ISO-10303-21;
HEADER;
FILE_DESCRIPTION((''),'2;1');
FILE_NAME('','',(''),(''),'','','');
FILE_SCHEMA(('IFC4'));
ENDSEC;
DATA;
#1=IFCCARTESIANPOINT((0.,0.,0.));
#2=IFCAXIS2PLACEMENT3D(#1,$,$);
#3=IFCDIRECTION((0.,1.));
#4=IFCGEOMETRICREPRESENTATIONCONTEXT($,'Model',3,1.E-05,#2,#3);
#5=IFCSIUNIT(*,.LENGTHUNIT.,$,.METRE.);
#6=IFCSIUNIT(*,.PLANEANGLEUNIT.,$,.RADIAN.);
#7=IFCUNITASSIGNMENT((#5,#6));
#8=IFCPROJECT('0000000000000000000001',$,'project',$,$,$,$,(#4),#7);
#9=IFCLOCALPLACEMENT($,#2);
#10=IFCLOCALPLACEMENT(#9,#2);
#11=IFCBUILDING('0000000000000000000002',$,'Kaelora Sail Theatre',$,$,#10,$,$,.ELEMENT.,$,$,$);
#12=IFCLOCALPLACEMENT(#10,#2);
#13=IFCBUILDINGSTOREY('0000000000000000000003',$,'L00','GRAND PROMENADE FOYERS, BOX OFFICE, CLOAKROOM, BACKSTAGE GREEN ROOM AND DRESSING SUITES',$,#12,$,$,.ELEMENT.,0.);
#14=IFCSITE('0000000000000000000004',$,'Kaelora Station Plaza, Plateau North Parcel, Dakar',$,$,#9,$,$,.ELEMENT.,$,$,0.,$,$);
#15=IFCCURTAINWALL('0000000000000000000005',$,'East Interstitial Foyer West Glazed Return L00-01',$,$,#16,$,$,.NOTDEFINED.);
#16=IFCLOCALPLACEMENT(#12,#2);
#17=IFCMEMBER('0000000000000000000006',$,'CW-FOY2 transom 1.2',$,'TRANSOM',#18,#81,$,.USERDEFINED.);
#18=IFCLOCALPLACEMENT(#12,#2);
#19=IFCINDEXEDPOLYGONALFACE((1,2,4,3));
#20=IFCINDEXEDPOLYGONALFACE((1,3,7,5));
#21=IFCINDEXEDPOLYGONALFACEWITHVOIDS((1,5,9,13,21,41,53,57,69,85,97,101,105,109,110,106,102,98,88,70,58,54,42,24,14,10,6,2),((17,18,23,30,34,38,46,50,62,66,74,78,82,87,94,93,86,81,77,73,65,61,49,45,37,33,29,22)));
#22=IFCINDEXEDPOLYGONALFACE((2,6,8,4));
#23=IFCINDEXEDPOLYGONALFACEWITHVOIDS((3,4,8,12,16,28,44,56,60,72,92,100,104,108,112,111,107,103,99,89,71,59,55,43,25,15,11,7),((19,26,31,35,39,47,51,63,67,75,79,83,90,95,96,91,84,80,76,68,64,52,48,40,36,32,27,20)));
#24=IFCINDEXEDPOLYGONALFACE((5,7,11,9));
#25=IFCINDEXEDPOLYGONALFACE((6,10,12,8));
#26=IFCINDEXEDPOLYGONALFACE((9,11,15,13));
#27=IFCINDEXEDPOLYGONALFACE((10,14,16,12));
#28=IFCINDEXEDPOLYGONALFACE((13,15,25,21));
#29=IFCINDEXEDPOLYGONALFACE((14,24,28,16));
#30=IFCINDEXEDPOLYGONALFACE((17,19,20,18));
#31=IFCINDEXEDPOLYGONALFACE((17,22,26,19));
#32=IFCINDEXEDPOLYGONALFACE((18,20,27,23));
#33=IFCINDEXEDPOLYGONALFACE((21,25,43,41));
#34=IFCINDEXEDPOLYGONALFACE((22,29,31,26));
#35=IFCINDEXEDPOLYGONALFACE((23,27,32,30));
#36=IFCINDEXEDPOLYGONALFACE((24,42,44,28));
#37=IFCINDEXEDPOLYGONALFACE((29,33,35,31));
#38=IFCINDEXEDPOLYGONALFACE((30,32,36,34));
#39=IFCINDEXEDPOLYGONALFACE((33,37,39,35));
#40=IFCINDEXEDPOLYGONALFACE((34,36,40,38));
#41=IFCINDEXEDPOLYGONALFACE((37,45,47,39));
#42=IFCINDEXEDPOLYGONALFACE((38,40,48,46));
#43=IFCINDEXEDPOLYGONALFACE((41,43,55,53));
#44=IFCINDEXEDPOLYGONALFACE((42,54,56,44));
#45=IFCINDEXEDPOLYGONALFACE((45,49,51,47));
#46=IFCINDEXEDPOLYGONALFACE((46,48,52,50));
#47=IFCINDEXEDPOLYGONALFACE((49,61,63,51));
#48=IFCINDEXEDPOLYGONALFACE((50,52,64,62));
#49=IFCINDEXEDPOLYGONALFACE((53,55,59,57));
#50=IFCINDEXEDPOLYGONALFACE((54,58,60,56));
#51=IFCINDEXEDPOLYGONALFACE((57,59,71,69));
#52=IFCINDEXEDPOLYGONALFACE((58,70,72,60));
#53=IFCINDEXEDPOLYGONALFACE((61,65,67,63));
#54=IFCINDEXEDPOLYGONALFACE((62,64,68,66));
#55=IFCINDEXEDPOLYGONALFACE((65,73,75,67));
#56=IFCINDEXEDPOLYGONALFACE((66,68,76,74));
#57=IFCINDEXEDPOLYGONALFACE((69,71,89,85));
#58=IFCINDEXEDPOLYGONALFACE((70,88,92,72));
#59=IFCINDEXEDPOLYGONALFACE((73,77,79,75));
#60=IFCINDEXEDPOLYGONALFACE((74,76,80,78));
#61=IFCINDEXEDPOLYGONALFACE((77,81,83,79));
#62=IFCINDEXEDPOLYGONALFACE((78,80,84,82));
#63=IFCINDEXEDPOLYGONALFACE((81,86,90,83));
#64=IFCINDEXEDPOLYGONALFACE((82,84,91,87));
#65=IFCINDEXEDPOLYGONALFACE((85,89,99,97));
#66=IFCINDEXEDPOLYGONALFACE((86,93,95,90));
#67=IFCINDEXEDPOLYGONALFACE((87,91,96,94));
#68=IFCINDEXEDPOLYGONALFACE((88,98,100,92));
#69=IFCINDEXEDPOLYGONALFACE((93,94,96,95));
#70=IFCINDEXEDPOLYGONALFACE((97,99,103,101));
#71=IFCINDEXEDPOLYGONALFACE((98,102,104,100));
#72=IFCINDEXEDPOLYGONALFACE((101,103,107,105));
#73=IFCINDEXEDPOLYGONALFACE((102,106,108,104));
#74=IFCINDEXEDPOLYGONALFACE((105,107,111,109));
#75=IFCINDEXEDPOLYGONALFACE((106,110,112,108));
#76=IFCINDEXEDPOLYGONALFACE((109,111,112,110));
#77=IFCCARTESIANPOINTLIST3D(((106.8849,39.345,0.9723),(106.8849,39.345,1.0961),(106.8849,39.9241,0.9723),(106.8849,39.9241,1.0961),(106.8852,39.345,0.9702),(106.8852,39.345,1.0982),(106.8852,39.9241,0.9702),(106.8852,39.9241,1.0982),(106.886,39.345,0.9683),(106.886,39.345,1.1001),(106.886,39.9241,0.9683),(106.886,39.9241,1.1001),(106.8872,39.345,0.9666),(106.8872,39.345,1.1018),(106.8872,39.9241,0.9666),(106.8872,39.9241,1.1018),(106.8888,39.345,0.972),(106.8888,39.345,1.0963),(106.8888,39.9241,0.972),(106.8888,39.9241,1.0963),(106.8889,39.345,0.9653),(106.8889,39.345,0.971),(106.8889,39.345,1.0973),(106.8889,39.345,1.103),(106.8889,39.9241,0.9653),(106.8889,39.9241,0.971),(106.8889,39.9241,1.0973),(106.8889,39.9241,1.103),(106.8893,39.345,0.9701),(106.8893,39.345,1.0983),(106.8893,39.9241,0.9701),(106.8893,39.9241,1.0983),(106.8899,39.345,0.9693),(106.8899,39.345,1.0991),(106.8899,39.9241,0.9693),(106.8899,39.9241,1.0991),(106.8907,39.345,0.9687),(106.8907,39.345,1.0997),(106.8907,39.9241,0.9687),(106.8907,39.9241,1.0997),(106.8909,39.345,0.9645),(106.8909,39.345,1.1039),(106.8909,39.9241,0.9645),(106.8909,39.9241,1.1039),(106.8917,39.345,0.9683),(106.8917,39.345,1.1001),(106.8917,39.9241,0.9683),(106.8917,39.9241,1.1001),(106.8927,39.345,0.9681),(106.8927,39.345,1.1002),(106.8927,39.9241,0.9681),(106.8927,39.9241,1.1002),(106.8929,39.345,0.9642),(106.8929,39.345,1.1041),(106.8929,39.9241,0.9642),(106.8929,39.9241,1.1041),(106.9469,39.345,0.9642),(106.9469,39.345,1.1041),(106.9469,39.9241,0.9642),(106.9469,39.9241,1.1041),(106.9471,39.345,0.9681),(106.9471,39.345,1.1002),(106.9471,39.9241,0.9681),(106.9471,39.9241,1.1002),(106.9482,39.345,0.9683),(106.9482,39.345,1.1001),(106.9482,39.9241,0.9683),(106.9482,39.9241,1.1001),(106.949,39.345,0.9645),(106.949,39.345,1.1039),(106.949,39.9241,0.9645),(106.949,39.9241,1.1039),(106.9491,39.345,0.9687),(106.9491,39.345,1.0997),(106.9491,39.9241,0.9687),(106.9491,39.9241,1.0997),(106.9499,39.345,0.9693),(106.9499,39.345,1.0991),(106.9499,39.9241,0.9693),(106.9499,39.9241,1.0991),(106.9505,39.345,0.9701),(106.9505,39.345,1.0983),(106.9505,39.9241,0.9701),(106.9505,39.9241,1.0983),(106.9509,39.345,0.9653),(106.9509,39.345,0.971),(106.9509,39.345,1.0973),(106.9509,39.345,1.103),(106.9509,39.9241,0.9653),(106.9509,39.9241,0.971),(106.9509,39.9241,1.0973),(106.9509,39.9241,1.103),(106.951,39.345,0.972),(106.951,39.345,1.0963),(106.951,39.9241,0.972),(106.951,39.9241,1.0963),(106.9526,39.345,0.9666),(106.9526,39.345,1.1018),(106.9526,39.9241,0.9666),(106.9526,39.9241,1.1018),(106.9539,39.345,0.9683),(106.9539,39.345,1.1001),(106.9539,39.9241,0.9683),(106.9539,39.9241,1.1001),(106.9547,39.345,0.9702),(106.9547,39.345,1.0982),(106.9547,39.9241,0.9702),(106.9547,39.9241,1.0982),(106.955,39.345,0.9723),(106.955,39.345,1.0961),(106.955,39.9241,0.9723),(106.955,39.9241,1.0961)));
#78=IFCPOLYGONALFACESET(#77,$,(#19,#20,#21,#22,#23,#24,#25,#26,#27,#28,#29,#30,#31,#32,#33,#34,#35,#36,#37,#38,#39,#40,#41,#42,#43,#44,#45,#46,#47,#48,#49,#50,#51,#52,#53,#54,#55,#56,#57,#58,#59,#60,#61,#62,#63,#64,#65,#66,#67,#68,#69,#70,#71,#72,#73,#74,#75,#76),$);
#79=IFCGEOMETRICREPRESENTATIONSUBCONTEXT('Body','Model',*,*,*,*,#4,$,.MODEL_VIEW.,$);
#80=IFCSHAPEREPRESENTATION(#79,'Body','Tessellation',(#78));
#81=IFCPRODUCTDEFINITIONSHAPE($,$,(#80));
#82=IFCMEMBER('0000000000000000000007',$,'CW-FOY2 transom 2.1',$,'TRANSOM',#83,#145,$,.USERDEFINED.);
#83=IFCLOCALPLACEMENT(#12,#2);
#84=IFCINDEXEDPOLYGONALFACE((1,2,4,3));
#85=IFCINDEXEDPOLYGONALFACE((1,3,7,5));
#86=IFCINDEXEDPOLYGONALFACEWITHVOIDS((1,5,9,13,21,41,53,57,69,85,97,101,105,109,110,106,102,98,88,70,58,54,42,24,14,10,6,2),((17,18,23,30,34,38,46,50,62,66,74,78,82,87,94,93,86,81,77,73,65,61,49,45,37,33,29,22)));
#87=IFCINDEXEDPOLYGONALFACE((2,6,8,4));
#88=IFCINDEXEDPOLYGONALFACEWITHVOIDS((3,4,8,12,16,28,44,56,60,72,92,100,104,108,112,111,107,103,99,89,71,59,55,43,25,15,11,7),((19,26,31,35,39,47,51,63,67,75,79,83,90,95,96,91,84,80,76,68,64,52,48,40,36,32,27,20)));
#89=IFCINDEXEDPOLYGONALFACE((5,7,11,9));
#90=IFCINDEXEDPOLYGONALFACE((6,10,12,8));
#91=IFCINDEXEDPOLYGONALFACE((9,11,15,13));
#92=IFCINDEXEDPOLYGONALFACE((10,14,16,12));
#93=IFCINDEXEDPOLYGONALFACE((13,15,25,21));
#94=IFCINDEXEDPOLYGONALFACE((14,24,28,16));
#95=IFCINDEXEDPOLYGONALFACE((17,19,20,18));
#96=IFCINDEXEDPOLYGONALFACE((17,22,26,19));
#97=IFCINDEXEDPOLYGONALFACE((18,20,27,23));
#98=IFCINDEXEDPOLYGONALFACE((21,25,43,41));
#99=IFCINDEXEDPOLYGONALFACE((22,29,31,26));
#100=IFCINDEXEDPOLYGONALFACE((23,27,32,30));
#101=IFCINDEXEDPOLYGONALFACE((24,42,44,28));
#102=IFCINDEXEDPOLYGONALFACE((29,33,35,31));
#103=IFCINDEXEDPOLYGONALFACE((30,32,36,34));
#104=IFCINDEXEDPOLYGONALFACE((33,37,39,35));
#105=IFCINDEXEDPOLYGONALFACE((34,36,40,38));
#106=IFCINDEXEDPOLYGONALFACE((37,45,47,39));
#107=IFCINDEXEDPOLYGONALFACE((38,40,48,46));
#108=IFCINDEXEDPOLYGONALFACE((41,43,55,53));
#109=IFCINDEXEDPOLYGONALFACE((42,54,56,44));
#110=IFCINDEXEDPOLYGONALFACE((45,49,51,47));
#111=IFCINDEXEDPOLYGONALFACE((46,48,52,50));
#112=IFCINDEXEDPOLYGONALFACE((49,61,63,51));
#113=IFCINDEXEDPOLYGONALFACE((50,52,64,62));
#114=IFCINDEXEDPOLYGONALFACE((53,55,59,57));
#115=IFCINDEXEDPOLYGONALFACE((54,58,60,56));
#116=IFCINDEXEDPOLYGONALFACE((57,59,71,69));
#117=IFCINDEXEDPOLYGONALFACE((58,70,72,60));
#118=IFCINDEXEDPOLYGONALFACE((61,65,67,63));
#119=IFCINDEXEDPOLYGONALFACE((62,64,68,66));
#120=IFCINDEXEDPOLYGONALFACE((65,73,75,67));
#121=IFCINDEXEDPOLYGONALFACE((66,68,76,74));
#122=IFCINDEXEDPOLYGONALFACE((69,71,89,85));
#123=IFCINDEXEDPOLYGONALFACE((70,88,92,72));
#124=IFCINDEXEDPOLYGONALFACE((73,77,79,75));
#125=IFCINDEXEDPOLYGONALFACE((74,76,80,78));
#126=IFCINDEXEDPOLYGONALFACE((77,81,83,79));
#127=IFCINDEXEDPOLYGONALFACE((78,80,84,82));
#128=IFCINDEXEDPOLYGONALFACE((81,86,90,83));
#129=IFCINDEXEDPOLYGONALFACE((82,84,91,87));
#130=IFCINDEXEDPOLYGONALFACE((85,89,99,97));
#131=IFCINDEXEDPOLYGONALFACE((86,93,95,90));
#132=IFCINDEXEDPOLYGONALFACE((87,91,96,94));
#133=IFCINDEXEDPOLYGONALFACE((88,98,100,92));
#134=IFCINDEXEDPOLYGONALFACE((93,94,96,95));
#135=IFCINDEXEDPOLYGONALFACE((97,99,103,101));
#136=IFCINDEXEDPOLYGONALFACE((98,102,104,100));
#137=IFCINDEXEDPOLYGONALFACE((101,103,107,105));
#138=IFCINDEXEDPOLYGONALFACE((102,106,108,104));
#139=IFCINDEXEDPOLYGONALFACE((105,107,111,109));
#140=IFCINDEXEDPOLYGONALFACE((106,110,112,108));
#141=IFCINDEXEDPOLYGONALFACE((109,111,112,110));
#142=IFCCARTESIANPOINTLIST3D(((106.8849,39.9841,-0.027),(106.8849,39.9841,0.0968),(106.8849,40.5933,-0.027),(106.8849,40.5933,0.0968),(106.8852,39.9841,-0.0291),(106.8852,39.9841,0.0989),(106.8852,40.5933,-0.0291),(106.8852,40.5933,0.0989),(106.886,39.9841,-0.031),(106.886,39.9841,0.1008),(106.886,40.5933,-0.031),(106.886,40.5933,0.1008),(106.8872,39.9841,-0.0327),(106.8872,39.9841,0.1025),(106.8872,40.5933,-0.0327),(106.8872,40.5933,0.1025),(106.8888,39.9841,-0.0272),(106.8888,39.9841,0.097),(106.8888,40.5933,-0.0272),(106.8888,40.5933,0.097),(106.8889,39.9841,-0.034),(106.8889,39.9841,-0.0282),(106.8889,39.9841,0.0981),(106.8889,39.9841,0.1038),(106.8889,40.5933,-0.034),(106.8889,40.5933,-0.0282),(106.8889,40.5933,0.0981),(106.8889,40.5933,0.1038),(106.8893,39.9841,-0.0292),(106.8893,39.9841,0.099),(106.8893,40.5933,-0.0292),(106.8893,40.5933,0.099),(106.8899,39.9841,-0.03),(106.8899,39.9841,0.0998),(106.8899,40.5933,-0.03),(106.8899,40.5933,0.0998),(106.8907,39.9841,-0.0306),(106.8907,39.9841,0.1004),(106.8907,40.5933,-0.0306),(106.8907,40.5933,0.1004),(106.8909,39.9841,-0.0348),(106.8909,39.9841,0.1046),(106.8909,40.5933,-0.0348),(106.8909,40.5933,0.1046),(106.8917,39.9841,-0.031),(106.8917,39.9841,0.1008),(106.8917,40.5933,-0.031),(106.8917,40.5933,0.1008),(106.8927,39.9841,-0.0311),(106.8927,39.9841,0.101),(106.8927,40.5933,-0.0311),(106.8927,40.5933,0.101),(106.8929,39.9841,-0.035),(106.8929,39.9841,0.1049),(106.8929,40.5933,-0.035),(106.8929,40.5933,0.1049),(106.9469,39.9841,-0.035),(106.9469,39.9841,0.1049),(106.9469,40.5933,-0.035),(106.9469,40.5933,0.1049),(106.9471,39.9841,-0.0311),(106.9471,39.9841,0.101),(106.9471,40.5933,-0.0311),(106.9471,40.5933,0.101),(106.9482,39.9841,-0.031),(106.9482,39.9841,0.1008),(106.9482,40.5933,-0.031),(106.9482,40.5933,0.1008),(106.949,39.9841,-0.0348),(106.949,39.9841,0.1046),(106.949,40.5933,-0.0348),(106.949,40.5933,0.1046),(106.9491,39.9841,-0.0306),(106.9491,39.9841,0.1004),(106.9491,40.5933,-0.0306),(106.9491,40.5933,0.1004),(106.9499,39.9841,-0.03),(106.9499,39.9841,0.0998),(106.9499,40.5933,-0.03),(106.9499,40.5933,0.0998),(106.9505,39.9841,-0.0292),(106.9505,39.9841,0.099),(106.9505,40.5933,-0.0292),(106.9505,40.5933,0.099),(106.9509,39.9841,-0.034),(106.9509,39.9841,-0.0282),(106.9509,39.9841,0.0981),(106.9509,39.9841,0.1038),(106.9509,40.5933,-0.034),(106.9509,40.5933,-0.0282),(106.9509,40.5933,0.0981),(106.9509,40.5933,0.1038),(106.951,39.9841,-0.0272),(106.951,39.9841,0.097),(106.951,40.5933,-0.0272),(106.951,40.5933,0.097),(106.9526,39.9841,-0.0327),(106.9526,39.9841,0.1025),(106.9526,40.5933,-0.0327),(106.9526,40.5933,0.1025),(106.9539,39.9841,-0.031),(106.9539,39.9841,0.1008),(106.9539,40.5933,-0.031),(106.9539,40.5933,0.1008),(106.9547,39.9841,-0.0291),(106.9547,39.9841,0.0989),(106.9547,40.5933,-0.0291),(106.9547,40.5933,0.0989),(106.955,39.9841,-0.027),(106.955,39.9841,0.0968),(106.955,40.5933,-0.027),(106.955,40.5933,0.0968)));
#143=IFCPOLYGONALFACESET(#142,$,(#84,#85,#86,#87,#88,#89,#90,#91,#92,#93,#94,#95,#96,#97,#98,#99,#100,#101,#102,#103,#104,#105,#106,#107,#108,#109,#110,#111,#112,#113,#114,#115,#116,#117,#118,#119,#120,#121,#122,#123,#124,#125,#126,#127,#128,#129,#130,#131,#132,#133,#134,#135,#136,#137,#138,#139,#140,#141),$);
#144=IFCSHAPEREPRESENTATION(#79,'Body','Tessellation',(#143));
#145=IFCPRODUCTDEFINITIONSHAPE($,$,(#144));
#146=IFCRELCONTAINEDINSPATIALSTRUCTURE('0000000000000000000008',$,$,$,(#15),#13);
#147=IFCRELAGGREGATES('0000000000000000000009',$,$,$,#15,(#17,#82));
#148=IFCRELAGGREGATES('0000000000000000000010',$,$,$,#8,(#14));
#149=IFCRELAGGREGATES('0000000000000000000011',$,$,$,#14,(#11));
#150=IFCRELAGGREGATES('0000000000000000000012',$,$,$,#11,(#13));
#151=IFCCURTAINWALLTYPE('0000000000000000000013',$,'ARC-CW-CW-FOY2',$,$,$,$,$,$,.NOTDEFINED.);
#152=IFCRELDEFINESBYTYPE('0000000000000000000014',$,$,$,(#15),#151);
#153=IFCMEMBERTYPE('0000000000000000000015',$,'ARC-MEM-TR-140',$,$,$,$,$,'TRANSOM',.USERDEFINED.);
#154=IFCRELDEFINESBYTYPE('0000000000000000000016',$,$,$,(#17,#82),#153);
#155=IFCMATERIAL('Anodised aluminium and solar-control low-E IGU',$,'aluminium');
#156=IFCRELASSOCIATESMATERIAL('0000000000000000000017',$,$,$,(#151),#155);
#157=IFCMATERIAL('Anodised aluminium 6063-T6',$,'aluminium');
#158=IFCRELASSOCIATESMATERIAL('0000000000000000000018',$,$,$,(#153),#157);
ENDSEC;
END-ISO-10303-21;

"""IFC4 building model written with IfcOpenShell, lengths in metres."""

from ifc_helpers import new_model, si_unit, direction, frame, origin, origin_2d, place, context, subcontext, project, spatial, hollow_rectangle, extrude, material, material_profile, profile_set, type_object, element, aggregate, save


model = new_model("IFC4")

# Units and contexts
model_context = context("Model", 3, precision=1e-05, world=origin(), true_north=direction((0.0, 1.0)))
body_context = subcontext(model_context, "Body", "Model", "MODEL_VIEW")
ifc_project = project(units=[si_unit("LENGTHUNIT", "METRE"), si_unit("PLANEANGLEUNIT", "RADIAN")], contexts=[model_context])

# Site, building, storey
site_placement = place(None, origin())
site = spatial("IfcSite", under=ifc_project, at=site_placement, Name="Kaelora Station Plaza, Plateau North Parcel, Dakar", CompositionType="ELEMENT", RefElevation=0.0)
building_placement = place(site_placement, origin())
building = spatial("IfcBuilding", under=site, at=building_placement, Name="Kaelora Sail Theatre", CompositionType="ELEMENT")
storey_placement = place(building_placement, origin())
storey = spatial("IfcBuildingStorey", under=building, at=storey_placement, Name="L00", Description="GRAND PROMENADE FOYERS, BOX OFFICE, CLOAKROOM, BACKSTAGE GREEN ROOM AND DRESSING SUITES", CompositionType="ELEMENT", Elevation=0.0)

# Curtain wall, members
ifc_material_1 = material(Name="Anodised aluminium and solar-control low-E IGU", Category="aluminium")
curtain_wall_type = type_object("IfcCurtainWallType", Name="ARC-CW-CW-FOY2", PredefinedType="NOTDEFINED", material=ifc_material_1)
curtain_wall_placement = place(storey_placement, origin())
curtain_wall = element("IfcCurtainWall", 1, at=curtain_wall_placement, inside=storey, type_object=curtain_wall_type, Name="East Interstitial Foyer West Glazed Return L00-01", PredefinedType="NOTDEFINED")
ifc_material_2 = material(Name="Anodised aluminium 6063-T6", Category="aluminium")
ifc_material_profile_1 = material_profile(ifc_material_2, hollow_rectangle(XDim=0.0701, YDim=0.1399, WallThickness=0.0039, InnerFilletRadius=0.0039, OuterFilletRadius=0.0081, at=origin_2d()), Name="ALU-TRAN 70x140x4")
ifc_profile_set_1 = profile_set([ifc_material_profile_1], Name="Anodised aluminium 6063-T6")
member_type_1 = type_object("IfcMemberType", Name="ARC-MEM-TR-140", ElementType="TRANSOM", PredefinedType="USERDEFINED", material=ifc_profile_set_1)
member_1_placement = place(storey_placement, frame((106.9199, 39.345, 1.0342), z_axis=(0.0, 1.0, 0.0), x_axis=(-1.0, 0.0, 0.0)))
member_1 = element("IfcMember", 2, at=member_1_placement, type_object=member_type_1, Name="CW-FOY2 transom 1.2", ObjectType="TRANSOM", PredefinedType="USERDEFINED", context=body_context, shape_type="SweptSolid", body=[
    extrude(hollow_rectangle(XDim=0.0701, YDim=0.1399, WallThickness=0.0039, InnerFilletRadius=0.0039, OuterFilletRadius=0.0081, at=origin_2d()), origin(), (0.0, 0.0, 1.0), 0.5791),
])
member_2_placement = place(storey_placement, frame((106.9199, 39.9841, 0.0349), z_axis=(0.0, 1.0, 0.0), x_axis=(-1.0, 0.0, 0.0)))
member_2 = element("IfcMember", 3, at=member_2_placement, type_object=member_type_1, Name="CW-FOY2 transom 2.1", ObjectType="TRANSOM", PredefinedType="USERDEFINED", context=body_context, shape_type="SweptSolid", body=[
    extrude(hollow_rectangle(XDim=0.0701, YDim=0.1399, WallThickness=0.0039, InnerFilletRadius=0.0039, OuterFilletRadius=0.0081, at=origin_2d()), origin(), (0.0, 0.0, 1.0), 0.6091),
])
aggregate(curtain_wall, [member_1, member_2])

save(model, "model.ifc")
